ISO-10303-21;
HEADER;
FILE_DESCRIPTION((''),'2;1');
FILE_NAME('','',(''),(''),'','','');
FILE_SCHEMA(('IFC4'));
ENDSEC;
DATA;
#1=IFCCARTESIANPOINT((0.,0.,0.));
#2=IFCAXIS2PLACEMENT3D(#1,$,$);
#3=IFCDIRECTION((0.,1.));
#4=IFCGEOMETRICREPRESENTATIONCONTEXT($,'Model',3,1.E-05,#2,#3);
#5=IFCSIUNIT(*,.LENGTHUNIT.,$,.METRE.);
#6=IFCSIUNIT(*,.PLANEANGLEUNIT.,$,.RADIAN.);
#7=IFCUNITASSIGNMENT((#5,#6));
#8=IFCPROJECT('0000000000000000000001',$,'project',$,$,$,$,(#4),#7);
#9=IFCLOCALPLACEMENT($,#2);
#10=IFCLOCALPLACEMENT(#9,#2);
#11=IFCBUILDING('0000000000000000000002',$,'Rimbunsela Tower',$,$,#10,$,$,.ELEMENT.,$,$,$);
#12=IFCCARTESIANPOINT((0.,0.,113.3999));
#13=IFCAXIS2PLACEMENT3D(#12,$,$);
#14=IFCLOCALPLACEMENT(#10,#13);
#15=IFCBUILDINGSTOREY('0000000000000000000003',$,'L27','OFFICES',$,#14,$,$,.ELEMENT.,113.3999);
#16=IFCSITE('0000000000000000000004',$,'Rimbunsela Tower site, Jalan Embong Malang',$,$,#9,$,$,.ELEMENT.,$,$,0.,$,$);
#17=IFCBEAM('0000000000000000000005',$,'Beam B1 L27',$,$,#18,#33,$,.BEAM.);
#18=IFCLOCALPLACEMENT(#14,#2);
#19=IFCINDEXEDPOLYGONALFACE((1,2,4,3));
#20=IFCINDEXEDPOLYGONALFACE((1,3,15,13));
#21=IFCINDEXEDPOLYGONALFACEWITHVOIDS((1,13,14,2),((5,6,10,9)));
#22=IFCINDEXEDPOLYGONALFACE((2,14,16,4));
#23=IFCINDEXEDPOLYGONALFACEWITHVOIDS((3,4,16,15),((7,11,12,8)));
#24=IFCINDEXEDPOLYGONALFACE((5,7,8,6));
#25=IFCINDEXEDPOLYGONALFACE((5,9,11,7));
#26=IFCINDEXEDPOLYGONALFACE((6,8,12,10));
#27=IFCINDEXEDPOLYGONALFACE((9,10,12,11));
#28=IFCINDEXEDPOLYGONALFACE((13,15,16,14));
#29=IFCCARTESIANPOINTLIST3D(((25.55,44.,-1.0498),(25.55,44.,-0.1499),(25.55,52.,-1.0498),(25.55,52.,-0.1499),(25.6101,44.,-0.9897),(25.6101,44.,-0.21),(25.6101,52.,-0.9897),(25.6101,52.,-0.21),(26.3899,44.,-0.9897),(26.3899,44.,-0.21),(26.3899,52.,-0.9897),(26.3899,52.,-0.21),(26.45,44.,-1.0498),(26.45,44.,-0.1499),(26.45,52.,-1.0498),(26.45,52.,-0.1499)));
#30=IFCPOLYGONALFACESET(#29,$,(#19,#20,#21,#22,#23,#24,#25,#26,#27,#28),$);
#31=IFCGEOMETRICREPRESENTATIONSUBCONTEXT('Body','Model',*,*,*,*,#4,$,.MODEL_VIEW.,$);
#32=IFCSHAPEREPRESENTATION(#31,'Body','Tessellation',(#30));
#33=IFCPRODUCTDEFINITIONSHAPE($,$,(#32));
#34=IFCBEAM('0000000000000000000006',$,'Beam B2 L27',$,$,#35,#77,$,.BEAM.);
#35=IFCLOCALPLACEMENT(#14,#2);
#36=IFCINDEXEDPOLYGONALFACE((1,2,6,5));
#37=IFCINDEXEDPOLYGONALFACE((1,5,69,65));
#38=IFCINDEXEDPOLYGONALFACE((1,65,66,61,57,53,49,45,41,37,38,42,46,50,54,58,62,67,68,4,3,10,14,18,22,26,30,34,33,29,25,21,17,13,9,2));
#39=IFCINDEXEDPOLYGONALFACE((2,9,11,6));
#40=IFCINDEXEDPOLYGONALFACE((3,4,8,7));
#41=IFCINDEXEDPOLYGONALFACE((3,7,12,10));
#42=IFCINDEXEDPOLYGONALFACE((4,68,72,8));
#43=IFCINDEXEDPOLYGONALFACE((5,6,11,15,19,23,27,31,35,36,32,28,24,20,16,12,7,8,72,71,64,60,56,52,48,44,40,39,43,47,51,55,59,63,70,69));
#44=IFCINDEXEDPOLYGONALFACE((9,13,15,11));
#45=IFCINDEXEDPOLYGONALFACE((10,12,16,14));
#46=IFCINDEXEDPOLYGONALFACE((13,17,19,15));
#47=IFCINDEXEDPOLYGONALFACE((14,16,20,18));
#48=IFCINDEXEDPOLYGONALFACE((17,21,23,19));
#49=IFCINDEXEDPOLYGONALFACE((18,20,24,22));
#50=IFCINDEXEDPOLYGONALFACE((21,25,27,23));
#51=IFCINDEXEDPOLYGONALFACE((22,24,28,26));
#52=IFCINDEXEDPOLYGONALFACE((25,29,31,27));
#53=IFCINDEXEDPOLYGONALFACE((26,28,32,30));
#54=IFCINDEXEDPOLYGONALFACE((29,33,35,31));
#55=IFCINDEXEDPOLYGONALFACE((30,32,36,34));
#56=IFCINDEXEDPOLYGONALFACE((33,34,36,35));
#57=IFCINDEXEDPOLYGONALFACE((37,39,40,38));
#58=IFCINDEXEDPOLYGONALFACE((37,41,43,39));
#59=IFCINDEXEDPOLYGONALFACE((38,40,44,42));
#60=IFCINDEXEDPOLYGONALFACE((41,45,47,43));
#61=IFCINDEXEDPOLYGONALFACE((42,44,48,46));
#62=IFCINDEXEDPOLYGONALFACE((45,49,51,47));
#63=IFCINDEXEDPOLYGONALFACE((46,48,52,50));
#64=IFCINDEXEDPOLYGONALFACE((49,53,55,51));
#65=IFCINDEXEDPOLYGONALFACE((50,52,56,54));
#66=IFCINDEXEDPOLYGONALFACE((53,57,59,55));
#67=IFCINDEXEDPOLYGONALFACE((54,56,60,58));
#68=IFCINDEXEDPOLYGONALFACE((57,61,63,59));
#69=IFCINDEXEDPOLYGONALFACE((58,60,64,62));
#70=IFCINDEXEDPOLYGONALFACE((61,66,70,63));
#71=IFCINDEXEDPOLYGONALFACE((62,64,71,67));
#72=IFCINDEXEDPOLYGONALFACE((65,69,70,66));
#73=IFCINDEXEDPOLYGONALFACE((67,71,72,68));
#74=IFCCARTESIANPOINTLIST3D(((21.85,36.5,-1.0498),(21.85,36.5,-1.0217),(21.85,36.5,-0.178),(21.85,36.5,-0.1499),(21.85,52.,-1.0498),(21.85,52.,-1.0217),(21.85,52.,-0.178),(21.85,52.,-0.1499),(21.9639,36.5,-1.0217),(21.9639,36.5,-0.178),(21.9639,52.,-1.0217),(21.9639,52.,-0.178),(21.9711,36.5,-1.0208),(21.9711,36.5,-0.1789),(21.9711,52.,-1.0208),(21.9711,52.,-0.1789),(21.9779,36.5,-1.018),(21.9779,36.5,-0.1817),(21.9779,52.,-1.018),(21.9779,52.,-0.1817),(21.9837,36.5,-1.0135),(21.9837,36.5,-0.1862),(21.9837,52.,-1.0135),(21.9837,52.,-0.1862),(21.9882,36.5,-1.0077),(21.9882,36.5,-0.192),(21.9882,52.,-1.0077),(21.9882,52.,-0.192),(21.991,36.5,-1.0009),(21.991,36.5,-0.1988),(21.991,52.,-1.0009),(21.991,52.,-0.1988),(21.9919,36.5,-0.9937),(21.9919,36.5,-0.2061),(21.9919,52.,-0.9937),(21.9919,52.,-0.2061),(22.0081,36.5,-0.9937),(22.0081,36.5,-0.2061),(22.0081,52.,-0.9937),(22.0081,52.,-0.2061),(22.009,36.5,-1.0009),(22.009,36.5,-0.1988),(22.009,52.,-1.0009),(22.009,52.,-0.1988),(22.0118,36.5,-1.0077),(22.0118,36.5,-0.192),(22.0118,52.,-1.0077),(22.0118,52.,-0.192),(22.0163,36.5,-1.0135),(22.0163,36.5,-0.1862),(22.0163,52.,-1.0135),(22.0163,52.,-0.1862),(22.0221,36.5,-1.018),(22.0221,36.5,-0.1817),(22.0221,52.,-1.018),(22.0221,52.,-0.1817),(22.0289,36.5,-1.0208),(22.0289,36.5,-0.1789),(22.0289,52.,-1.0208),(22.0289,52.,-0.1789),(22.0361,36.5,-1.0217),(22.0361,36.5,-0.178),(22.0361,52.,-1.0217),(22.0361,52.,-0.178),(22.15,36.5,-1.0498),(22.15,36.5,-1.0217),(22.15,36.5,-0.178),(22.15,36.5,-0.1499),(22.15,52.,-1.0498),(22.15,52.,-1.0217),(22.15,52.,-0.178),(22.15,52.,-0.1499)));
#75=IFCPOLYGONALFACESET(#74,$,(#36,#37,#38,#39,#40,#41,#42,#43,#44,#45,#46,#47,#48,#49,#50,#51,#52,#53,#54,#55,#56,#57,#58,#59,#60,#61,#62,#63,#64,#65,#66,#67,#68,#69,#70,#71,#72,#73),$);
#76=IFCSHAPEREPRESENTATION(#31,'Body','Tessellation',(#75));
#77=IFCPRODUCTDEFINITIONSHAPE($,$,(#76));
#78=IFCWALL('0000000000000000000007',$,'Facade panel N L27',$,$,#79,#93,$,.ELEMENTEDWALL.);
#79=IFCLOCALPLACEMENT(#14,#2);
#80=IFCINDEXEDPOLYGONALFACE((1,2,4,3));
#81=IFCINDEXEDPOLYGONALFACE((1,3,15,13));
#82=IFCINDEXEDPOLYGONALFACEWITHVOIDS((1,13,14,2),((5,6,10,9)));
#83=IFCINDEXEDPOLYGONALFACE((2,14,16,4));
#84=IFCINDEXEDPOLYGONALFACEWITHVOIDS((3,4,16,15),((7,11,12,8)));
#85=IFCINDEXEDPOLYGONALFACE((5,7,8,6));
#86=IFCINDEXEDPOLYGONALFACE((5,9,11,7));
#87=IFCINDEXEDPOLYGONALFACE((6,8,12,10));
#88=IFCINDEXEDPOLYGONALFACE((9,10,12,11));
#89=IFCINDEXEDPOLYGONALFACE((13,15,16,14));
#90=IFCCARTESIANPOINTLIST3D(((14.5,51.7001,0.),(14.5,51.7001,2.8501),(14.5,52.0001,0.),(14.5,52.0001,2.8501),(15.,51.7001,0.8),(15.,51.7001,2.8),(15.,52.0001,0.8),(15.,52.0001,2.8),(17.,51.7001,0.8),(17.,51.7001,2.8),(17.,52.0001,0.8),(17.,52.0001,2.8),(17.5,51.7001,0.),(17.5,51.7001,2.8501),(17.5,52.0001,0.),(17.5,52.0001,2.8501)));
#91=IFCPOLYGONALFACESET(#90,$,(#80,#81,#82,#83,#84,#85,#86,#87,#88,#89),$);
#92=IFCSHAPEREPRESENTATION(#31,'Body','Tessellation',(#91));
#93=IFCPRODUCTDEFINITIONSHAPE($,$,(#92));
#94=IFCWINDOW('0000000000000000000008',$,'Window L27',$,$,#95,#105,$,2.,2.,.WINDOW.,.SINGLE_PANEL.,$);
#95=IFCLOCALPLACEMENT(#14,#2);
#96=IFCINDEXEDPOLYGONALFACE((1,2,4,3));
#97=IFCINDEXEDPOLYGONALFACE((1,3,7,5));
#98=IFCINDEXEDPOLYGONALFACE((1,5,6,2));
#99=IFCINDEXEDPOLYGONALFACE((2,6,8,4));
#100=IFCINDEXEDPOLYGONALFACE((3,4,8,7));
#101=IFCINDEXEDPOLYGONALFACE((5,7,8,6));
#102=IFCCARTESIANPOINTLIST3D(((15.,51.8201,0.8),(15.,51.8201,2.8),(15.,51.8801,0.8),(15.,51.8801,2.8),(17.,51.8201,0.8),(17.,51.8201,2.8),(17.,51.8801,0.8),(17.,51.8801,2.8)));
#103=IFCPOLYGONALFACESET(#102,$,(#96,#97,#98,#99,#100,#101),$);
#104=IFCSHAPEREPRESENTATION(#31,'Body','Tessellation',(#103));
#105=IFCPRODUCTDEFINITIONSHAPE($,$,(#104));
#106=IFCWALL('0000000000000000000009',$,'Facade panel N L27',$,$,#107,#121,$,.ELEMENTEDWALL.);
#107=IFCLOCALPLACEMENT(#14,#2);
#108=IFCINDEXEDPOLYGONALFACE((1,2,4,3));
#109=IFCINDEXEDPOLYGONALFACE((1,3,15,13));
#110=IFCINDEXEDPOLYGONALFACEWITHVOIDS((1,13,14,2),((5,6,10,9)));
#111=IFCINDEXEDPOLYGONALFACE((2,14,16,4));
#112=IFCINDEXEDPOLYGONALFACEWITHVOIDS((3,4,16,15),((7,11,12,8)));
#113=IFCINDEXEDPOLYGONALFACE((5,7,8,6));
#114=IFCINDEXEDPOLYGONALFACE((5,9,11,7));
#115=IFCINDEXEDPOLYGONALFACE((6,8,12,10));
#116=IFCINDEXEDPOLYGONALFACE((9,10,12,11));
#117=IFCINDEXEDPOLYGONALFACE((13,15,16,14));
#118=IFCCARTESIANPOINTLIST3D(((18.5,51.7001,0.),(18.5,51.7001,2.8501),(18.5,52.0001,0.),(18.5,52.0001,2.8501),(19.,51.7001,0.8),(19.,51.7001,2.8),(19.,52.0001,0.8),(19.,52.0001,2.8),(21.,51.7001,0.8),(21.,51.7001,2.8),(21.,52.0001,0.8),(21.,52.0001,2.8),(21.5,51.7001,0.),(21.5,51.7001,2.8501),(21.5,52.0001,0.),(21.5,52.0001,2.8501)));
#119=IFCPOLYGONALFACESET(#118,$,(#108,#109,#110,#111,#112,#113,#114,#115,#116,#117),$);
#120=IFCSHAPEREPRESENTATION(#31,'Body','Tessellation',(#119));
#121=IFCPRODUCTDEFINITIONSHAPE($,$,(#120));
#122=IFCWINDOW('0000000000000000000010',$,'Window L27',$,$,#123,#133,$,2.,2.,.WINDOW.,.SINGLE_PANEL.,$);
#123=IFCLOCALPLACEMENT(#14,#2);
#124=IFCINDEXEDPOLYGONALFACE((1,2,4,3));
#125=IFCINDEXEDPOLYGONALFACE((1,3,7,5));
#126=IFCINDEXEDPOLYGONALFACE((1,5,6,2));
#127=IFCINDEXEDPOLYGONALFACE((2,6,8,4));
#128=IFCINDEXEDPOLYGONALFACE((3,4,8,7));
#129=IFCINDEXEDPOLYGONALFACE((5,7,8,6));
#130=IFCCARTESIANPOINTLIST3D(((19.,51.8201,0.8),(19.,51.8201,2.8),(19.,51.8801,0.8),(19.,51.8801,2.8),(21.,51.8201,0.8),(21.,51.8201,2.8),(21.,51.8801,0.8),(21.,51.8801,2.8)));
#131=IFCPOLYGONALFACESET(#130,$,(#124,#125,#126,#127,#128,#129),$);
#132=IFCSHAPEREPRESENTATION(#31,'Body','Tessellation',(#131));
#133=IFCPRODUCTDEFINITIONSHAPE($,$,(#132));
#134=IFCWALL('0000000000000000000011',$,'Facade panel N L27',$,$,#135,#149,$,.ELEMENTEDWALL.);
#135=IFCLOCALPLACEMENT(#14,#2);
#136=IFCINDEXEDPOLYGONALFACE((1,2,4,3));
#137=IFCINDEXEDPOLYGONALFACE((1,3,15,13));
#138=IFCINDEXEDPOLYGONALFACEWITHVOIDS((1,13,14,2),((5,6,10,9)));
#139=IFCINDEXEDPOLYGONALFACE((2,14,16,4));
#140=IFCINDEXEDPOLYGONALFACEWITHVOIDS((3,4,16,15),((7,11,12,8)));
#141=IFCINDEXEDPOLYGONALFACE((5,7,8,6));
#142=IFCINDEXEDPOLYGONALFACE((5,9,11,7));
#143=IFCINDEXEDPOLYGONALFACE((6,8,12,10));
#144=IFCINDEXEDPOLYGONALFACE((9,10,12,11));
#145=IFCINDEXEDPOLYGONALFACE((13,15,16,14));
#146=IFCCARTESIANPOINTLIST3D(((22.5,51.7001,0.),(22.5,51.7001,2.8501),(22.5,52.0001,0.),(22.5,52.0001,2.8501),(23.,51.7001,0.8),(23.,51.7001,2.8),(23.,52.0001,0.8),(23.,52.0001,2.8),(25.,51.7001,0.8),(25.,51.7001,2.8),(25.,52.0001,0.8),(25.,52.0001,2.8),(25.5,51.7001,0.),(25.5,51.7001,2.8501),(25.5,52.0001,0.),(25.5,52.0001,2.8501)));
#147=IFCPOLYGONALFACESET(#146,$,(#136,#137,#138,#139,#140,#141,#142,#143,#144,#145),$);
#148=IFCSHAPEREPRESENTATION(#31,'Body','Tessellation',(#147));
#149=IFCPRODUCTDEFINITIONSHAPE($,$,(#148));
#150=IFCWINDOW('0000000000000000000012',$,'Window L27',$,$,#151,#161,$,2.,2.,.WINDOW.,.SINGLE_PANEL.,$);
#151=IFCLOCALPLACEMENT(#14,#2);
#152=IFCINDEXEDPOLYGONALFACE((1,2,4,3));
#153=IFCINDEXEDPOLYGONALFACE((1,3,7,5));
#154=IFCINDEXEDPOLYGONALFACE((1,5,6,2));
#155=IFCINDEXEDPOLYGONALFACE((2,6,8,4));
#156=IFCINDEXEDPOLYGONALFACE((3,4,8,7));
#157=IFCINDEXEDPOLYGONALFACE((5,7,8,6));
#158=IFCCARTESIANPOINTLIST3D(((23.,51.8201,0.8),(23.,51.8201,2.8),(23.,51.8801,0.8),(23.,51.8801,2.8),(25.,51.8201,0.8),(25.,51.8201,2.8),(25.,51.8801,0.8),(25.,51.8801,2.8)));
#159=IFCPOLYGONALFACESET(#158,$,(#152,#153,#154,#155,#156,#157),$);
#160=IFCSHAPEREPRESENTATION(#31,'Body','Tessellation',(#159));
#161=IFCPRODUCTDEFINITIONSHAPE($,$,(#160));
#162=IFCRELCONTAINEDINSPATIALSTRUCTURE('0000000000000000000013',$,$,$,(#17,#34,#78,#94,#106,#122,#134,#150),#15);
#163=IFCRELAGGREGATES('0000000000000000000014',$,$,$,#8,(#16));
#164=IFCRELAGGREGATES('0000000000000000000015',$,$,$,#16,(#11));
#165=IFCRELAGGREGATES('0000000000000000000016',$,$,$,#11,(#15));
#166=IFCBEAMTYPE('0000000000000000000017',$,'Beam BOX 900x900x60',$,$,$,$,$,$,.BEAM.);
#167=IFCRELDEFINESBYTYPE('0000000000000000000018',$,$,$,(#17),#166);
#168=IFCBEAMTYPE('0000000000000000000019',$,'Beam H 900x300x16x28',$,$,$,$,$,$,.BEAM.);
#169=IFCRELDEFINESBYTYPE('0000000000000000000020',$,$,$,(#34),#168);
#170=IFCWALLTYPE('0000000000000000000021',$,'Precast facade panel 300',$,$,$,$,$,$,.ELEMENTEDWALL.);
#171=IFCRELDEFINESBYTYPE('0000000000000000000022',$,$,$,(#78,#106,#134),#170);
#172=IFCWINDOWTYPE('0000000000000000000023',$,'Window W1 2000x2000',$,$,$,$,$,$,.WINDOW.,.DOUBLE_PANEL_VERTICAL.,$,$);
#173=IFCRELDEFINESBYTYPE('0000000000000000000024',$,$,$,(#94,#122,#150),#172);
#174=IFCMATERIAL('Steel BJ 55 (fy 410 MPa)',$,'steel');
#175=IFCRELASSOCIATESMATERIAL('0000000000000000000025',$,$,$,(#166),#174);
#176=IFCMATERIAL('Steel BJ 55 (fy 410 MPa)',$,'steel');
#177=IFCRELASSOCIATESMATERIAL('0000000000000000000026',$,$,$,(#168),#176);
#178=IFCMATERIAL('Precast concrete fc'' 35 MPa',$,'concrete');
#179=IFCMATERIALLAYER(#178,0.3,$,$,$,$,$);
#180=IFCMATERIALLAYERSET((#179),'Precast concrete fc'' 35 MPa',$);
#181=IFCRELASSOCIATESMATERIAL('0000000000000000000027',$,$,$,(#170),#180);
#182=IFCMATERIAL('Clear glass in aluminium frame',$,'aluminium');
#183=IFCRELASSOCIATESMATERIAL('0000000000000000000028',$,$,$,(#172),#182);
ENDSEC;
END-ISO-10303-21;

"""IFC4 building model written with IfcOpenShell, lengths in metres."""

from ifc_helpers import new_model, si_unit, direction, frame, frame_2d, origin, origin_2d, place, context, subcontext, project, spatial, rectangle, hollow_rectangle, i_section, extrude, material, layer, layer_set, material_profile, profile_set, type_object, element, fill, save


model = new_model("IFC4")

# Units and contexts
model_context = context("Model", 3, precision=1e-05, world=origin(), true_north=direction((0.0, 1.0)))
body_context = subcontext(model_context, "Body", "Model", "MODEL_VIEW")
ifc_project = project(units=[si_unit("LENGTHUNIT", "METRE"), si_unit("PLANEANGLEUNIT", "RADIAN")], contexts=[model_context])

# Site, building, storey
site_placement = place(None, origin())
site = spatial("IfcSite", under=ifc_project, at=site_placement, Name="Rimbunsela Tower site, Jalan Embong Malang", CompositionType="ELEMENT", RefElevation=0.0)
building_placement = place(site_placement, origin())
building = spatial("IfcBuilding", under=site, at=building_placement, Name="Rimbunsela Tower", CompositionType="ELEMENT")
storey_placement = place(building_placement, frame((0.0, 0.0, 113.3999)))
storey = spatial("IfcBuildingStorey", under=building, at=storey_placement, Name="L27", Description="OFFICES", CompositionType="ELEMENT", Elevation=113.3999)

# Beams
ifc_material_1 = material(Name="Steel BJ 55 (fy 410 MPa)", Category="steel")
ifc_material_profile_1 = material_profile(ifc_material_1, hollow_rectangle(XDim=0.8999, YDim=0.8999, WallThickness=0.0601, at=origin_2d()), Name="BOX 900x900x60")
ifc_profile_set_1 = profile_set([ifc_material_profile_1], Name="Steel BJ 55 (fy 410 MPa)")
beam_type_1 = type_object("IfcBeamType", Name="Beam BOX 900x900x60", PredefinedType="BEAM", material=ifc_profile_set_1)
beam_1_placement = place(storey_placement, frame((26.0, 44.0, -0.5999), z_axis=(0.0, 1.0, 0.0), x_axis=(-1.0, 0.0, 0.0)))
element("IfcBeam", 1, at=beam_1_placement, inside=storey, type_object=beam_type_1, Name="Beam B1 L27", PredefinedType="BEAM", context=body_context, shape_type="SweptSolid", body=[
    extrude(hollow_rectangle(XDim=0.8999, YDim=0.8999, WallThickness=0.0601, at=origin_2d()), origin(), (0.0, 0.0, 1.0), 8.0),
])
ifc_material_2 = material(Name="Steel BJ 55 (fy 410 MPa)", Category="steel")
ifc_material_profile_2 = material_profile(ifc_material_2, i_section(OverallWidth=0.3, OverallDepth=0.8999, WebThickness=0.0161, FlangeThickness=0.0281, FilletRadius=0.0281, at=origin_2d()), Name="H 900x300x16x28")
ifc_profile_set_2 = profile_set([ifc_material_profile_2], Name="Steel BJ 55 (fy 410 MPa)")
beam_type_2 = type_object("IfcBeamType", Name="Beam H 900x300x16x28", PredefinedType="BEAM", material=ifc_profile_set_2)
beam_2_placement = place(storey_placement, frame((22.0, 36.5, -0.5999), z_axis=(0.0, 1.0, 0.0), x_axis=(-1.0, 0.0, 0.0)))
element("IfcBeam", 2, at=beam_2_placement, inside=storey, type_object=beam_type_2, Name="Beam B2 L27", PredefinedType="BEAM", context=body_context, shape_type="SweptSolid", body=[
    extrude(i_section(OverallWidth=0.3, OverallDepth=0.8999, WebThickness=0.0161, FlangeThickness=0.0281, FilletRadius=0.0281, at=origin_2d()), origin(), (0.0, 0.0, 1.0), 15.5),
])

# Walls, openings, windows
ifc_material_3 = material(Name="Precast concrete fc' 35 MPa", Category="concrete")
ifc_layer_1 = layer(ifc_material_3, 0.3)
ifc_layer_set_1 = layer_set([ifc_layer_1], Name="Precast concrete fc' 35 MPa")
wall_type_1 = type_object("IfcWallType", Name="Precast facade panel 300", PredefinedType="ELEMENTEDWALL", material=ifc_layer_set_1)
wall_1_placement = place(storey_placement, frame((17.5, 51.8501, 0.0), z_axis=(0.0, 0.0, 1.0), x_axis=(-1.0, 0.0, 0.0)))
wall_1 = element("IfcWall", 3, at=wall_1_placement, inside=storey, type_object=wall_type_1, Name="Facade panel N L27", PredefinedType="ELEMENTEDWALL", context=body_context, shape_type="SweptSolid", body=[
    extrude(rectangle(XDim=3.0, YDim=0.3, at=frame_2d((1.5, 0.0))), origin(), (0.0, 0.0, 1.0), 2.8501),
])
opening_1_placement = place(wall_1_placement, frame((0.5, 0.0, 0.8)))
opening_1 = element("IfcOpeningElement", 4, at=opening_1_placement, cuts=wall_1, PredefinedType="OPENING", context=body_context, shape_type="SweptSolid", body=[
    extrude(rectangle(XDim=2.0, YDim=2.0, at=frame_2d((1.0, 1.0))), frame((0.0, 0.1599, 0.0), z_axis=(0.0, -1.0, 0.0), x_axis=(1.0, 0.0, 0.0)), (0.0, 0.0, 1.0), 0.3201),
])
ifc_material_4 = material(Name="Clear glass in aluminium frame", Category="aluminium")
window_type = type_object("IfcWindowType", Name="Window W1 2000x2000", PartitioningType="DOUBLE_PANEL_VERTICAL", PredefinedType="WINDOW", material=ifc_material_4)
window_1_placement = place(opening_1_placement, origin())
window_1 = element("IfcWindow", 5, at=window_1_placement, inside=storey, type_object=window_type, Name="Window L27", OverallHeight=2.0, OverallWidth=2.0, PartitioningType="SINGLE_PANEL", PredefinedType="WINDOW", context=body_context, shape_type="SweptSolid", body=[
    extrude(rectangle(XDim=2.0, YDim=2.0, at=frame_2d((1.0, 1.0))), frame((0.0, 0.03, 0.0), z_axis=(0.0, -1.0, 0.0), x_axis=(1.0, 0.0, 0.0)), (0.0, 0.0, 1.0), 0.0601),
])
fill(opening_1, window_1)
wall_2_placement = place(storey_placement, frame((21.5, 51.8501, 0.0), z_axis=(0.0, 0.0, 1.0), x_axis=(-1.0, 0.0, 0.0)))
wall_2 = element("IfcWall", 6, at=wall_2_placement, inside=storey, type_object=wall_type_1, Name="Facade panel N L27", PredefinedType="ELEMENTEDWALL", context=body_context, shape_type="SweptSolid", body=[
    extrude(rectangle(XDim=3.0, YDim=0.3, at=frame_2d((1.5, 0.0))), origin(), (0.0, 0.0, 1.0), 2.8501),
])
opening_2_placement = place(wall_2_placement, frame((0.5, 0.0, 0.8)))
opening_2 = element("IfcOpeningElement", 7, at=opening_2_placement, cuts=wall_2, PredefinedType="OPENING", context=body_context, shape_type="SweptSolid", body=[
    extrude(rectangle(XDim=2.0, YDim=2.0, at=frame_2d((1.0, 1.0))), frame((0.0, 0.1599, 0.0), z_axis=(0.0, -1.0, 0.0), x_axis=(1.0, 0.0, 0.0)), (0.0, 0.0, 1.0), 0.3201),
])
window_2_placement = place(opening_2_placement, origin())
window_2 = element("IfcWindow", 8, at=window_2_placement, inside=storey, type_object=window_type, Name="Window L27", OverallHeight=2.0, OverallWidth=2.0, PartitioningType="SINGLE_PANEL", PredefinedType="WINDOW", context=body_context, shape_type="SweptSolid", body=[
    extrude(rectangle(XDim=2.0, YDim=2.0, at=frame_2d((1.0, 1.0))), frame((0.0, 0.03, 0.0), z_axis=(0.0, -1.0, 0.0), x_axis=(1.0, 0.0, 0.0)), (0.0, 0.0, 1.0), 0.0601),
])
fill(opening_2, window_2)
wall_3_placement = place(storey_placement, frame((25.5, 51.8501, 0.0), z_axis=(0.0, 0.0, 1.0), x_axis=(-1.0, 0.0, 0.0)))
wall_3 = element("IfcWall", 9, at=wall_3_placement, inside=storey, type_object=wall_type_1, Name="Facade panel N L27", PredefinedType="ELEMENTEDWALL", context=body_context, shape_type="SweptSolid", body=[
    extrude(rectangle(XDim=3.0, YDim=0.3, at=frame_2d((1.5, 0.0))), origin(), (0.0, 0.0, 1.0), 2.8501),
])
opening_3_placement = place(wall_3_placement, frame((0.5, 0.0, 0.8)))
opening_3 = element("IfcOpeningElement", 10, at=opening_3_placement, cuts=wall_3, PredefinedType="OPENING", context=body_context, shape_type="SweptSolid", body=[
    extrude(rectangle(XDim=2.0, YDim=2.0, at=frame_2d((1.0, 1.0))), frame((0.0, 0.1599, 0.0), z_axis=(0.0, -1.0, 0.0), x_axis=(1.0, 0.0, 0.0)), (0.0, 0.0, 1.0), 0.3201),
])
window_3_placement = place(opening_3_placement, origin())
window_3 = element("IfcWindow", 11, at=window_3_placement, inside=storey, type_object=window_type, Name="Window L27", OverallHeight=2.0, OverallWidth=2.0, PartitioningType="SINGLE_PANEL", PredefinedType="WINDOW", context=body_context, shape_type="SweptSolid", body=[
    extrude(rectangle(XDim=2.0, YDim=2.0, at=frame_2d((1.0, 1.0))), frame((0.0, 0.03, 0.0), z_axis=(0.0, -1.0, 0.0), x_axis=(1.0, 0.0, 0.0)), (0.0, 0.0, 1.0), 0.0601),
])
fill(opening_3, window_3)

save(model, "model.ifc")
